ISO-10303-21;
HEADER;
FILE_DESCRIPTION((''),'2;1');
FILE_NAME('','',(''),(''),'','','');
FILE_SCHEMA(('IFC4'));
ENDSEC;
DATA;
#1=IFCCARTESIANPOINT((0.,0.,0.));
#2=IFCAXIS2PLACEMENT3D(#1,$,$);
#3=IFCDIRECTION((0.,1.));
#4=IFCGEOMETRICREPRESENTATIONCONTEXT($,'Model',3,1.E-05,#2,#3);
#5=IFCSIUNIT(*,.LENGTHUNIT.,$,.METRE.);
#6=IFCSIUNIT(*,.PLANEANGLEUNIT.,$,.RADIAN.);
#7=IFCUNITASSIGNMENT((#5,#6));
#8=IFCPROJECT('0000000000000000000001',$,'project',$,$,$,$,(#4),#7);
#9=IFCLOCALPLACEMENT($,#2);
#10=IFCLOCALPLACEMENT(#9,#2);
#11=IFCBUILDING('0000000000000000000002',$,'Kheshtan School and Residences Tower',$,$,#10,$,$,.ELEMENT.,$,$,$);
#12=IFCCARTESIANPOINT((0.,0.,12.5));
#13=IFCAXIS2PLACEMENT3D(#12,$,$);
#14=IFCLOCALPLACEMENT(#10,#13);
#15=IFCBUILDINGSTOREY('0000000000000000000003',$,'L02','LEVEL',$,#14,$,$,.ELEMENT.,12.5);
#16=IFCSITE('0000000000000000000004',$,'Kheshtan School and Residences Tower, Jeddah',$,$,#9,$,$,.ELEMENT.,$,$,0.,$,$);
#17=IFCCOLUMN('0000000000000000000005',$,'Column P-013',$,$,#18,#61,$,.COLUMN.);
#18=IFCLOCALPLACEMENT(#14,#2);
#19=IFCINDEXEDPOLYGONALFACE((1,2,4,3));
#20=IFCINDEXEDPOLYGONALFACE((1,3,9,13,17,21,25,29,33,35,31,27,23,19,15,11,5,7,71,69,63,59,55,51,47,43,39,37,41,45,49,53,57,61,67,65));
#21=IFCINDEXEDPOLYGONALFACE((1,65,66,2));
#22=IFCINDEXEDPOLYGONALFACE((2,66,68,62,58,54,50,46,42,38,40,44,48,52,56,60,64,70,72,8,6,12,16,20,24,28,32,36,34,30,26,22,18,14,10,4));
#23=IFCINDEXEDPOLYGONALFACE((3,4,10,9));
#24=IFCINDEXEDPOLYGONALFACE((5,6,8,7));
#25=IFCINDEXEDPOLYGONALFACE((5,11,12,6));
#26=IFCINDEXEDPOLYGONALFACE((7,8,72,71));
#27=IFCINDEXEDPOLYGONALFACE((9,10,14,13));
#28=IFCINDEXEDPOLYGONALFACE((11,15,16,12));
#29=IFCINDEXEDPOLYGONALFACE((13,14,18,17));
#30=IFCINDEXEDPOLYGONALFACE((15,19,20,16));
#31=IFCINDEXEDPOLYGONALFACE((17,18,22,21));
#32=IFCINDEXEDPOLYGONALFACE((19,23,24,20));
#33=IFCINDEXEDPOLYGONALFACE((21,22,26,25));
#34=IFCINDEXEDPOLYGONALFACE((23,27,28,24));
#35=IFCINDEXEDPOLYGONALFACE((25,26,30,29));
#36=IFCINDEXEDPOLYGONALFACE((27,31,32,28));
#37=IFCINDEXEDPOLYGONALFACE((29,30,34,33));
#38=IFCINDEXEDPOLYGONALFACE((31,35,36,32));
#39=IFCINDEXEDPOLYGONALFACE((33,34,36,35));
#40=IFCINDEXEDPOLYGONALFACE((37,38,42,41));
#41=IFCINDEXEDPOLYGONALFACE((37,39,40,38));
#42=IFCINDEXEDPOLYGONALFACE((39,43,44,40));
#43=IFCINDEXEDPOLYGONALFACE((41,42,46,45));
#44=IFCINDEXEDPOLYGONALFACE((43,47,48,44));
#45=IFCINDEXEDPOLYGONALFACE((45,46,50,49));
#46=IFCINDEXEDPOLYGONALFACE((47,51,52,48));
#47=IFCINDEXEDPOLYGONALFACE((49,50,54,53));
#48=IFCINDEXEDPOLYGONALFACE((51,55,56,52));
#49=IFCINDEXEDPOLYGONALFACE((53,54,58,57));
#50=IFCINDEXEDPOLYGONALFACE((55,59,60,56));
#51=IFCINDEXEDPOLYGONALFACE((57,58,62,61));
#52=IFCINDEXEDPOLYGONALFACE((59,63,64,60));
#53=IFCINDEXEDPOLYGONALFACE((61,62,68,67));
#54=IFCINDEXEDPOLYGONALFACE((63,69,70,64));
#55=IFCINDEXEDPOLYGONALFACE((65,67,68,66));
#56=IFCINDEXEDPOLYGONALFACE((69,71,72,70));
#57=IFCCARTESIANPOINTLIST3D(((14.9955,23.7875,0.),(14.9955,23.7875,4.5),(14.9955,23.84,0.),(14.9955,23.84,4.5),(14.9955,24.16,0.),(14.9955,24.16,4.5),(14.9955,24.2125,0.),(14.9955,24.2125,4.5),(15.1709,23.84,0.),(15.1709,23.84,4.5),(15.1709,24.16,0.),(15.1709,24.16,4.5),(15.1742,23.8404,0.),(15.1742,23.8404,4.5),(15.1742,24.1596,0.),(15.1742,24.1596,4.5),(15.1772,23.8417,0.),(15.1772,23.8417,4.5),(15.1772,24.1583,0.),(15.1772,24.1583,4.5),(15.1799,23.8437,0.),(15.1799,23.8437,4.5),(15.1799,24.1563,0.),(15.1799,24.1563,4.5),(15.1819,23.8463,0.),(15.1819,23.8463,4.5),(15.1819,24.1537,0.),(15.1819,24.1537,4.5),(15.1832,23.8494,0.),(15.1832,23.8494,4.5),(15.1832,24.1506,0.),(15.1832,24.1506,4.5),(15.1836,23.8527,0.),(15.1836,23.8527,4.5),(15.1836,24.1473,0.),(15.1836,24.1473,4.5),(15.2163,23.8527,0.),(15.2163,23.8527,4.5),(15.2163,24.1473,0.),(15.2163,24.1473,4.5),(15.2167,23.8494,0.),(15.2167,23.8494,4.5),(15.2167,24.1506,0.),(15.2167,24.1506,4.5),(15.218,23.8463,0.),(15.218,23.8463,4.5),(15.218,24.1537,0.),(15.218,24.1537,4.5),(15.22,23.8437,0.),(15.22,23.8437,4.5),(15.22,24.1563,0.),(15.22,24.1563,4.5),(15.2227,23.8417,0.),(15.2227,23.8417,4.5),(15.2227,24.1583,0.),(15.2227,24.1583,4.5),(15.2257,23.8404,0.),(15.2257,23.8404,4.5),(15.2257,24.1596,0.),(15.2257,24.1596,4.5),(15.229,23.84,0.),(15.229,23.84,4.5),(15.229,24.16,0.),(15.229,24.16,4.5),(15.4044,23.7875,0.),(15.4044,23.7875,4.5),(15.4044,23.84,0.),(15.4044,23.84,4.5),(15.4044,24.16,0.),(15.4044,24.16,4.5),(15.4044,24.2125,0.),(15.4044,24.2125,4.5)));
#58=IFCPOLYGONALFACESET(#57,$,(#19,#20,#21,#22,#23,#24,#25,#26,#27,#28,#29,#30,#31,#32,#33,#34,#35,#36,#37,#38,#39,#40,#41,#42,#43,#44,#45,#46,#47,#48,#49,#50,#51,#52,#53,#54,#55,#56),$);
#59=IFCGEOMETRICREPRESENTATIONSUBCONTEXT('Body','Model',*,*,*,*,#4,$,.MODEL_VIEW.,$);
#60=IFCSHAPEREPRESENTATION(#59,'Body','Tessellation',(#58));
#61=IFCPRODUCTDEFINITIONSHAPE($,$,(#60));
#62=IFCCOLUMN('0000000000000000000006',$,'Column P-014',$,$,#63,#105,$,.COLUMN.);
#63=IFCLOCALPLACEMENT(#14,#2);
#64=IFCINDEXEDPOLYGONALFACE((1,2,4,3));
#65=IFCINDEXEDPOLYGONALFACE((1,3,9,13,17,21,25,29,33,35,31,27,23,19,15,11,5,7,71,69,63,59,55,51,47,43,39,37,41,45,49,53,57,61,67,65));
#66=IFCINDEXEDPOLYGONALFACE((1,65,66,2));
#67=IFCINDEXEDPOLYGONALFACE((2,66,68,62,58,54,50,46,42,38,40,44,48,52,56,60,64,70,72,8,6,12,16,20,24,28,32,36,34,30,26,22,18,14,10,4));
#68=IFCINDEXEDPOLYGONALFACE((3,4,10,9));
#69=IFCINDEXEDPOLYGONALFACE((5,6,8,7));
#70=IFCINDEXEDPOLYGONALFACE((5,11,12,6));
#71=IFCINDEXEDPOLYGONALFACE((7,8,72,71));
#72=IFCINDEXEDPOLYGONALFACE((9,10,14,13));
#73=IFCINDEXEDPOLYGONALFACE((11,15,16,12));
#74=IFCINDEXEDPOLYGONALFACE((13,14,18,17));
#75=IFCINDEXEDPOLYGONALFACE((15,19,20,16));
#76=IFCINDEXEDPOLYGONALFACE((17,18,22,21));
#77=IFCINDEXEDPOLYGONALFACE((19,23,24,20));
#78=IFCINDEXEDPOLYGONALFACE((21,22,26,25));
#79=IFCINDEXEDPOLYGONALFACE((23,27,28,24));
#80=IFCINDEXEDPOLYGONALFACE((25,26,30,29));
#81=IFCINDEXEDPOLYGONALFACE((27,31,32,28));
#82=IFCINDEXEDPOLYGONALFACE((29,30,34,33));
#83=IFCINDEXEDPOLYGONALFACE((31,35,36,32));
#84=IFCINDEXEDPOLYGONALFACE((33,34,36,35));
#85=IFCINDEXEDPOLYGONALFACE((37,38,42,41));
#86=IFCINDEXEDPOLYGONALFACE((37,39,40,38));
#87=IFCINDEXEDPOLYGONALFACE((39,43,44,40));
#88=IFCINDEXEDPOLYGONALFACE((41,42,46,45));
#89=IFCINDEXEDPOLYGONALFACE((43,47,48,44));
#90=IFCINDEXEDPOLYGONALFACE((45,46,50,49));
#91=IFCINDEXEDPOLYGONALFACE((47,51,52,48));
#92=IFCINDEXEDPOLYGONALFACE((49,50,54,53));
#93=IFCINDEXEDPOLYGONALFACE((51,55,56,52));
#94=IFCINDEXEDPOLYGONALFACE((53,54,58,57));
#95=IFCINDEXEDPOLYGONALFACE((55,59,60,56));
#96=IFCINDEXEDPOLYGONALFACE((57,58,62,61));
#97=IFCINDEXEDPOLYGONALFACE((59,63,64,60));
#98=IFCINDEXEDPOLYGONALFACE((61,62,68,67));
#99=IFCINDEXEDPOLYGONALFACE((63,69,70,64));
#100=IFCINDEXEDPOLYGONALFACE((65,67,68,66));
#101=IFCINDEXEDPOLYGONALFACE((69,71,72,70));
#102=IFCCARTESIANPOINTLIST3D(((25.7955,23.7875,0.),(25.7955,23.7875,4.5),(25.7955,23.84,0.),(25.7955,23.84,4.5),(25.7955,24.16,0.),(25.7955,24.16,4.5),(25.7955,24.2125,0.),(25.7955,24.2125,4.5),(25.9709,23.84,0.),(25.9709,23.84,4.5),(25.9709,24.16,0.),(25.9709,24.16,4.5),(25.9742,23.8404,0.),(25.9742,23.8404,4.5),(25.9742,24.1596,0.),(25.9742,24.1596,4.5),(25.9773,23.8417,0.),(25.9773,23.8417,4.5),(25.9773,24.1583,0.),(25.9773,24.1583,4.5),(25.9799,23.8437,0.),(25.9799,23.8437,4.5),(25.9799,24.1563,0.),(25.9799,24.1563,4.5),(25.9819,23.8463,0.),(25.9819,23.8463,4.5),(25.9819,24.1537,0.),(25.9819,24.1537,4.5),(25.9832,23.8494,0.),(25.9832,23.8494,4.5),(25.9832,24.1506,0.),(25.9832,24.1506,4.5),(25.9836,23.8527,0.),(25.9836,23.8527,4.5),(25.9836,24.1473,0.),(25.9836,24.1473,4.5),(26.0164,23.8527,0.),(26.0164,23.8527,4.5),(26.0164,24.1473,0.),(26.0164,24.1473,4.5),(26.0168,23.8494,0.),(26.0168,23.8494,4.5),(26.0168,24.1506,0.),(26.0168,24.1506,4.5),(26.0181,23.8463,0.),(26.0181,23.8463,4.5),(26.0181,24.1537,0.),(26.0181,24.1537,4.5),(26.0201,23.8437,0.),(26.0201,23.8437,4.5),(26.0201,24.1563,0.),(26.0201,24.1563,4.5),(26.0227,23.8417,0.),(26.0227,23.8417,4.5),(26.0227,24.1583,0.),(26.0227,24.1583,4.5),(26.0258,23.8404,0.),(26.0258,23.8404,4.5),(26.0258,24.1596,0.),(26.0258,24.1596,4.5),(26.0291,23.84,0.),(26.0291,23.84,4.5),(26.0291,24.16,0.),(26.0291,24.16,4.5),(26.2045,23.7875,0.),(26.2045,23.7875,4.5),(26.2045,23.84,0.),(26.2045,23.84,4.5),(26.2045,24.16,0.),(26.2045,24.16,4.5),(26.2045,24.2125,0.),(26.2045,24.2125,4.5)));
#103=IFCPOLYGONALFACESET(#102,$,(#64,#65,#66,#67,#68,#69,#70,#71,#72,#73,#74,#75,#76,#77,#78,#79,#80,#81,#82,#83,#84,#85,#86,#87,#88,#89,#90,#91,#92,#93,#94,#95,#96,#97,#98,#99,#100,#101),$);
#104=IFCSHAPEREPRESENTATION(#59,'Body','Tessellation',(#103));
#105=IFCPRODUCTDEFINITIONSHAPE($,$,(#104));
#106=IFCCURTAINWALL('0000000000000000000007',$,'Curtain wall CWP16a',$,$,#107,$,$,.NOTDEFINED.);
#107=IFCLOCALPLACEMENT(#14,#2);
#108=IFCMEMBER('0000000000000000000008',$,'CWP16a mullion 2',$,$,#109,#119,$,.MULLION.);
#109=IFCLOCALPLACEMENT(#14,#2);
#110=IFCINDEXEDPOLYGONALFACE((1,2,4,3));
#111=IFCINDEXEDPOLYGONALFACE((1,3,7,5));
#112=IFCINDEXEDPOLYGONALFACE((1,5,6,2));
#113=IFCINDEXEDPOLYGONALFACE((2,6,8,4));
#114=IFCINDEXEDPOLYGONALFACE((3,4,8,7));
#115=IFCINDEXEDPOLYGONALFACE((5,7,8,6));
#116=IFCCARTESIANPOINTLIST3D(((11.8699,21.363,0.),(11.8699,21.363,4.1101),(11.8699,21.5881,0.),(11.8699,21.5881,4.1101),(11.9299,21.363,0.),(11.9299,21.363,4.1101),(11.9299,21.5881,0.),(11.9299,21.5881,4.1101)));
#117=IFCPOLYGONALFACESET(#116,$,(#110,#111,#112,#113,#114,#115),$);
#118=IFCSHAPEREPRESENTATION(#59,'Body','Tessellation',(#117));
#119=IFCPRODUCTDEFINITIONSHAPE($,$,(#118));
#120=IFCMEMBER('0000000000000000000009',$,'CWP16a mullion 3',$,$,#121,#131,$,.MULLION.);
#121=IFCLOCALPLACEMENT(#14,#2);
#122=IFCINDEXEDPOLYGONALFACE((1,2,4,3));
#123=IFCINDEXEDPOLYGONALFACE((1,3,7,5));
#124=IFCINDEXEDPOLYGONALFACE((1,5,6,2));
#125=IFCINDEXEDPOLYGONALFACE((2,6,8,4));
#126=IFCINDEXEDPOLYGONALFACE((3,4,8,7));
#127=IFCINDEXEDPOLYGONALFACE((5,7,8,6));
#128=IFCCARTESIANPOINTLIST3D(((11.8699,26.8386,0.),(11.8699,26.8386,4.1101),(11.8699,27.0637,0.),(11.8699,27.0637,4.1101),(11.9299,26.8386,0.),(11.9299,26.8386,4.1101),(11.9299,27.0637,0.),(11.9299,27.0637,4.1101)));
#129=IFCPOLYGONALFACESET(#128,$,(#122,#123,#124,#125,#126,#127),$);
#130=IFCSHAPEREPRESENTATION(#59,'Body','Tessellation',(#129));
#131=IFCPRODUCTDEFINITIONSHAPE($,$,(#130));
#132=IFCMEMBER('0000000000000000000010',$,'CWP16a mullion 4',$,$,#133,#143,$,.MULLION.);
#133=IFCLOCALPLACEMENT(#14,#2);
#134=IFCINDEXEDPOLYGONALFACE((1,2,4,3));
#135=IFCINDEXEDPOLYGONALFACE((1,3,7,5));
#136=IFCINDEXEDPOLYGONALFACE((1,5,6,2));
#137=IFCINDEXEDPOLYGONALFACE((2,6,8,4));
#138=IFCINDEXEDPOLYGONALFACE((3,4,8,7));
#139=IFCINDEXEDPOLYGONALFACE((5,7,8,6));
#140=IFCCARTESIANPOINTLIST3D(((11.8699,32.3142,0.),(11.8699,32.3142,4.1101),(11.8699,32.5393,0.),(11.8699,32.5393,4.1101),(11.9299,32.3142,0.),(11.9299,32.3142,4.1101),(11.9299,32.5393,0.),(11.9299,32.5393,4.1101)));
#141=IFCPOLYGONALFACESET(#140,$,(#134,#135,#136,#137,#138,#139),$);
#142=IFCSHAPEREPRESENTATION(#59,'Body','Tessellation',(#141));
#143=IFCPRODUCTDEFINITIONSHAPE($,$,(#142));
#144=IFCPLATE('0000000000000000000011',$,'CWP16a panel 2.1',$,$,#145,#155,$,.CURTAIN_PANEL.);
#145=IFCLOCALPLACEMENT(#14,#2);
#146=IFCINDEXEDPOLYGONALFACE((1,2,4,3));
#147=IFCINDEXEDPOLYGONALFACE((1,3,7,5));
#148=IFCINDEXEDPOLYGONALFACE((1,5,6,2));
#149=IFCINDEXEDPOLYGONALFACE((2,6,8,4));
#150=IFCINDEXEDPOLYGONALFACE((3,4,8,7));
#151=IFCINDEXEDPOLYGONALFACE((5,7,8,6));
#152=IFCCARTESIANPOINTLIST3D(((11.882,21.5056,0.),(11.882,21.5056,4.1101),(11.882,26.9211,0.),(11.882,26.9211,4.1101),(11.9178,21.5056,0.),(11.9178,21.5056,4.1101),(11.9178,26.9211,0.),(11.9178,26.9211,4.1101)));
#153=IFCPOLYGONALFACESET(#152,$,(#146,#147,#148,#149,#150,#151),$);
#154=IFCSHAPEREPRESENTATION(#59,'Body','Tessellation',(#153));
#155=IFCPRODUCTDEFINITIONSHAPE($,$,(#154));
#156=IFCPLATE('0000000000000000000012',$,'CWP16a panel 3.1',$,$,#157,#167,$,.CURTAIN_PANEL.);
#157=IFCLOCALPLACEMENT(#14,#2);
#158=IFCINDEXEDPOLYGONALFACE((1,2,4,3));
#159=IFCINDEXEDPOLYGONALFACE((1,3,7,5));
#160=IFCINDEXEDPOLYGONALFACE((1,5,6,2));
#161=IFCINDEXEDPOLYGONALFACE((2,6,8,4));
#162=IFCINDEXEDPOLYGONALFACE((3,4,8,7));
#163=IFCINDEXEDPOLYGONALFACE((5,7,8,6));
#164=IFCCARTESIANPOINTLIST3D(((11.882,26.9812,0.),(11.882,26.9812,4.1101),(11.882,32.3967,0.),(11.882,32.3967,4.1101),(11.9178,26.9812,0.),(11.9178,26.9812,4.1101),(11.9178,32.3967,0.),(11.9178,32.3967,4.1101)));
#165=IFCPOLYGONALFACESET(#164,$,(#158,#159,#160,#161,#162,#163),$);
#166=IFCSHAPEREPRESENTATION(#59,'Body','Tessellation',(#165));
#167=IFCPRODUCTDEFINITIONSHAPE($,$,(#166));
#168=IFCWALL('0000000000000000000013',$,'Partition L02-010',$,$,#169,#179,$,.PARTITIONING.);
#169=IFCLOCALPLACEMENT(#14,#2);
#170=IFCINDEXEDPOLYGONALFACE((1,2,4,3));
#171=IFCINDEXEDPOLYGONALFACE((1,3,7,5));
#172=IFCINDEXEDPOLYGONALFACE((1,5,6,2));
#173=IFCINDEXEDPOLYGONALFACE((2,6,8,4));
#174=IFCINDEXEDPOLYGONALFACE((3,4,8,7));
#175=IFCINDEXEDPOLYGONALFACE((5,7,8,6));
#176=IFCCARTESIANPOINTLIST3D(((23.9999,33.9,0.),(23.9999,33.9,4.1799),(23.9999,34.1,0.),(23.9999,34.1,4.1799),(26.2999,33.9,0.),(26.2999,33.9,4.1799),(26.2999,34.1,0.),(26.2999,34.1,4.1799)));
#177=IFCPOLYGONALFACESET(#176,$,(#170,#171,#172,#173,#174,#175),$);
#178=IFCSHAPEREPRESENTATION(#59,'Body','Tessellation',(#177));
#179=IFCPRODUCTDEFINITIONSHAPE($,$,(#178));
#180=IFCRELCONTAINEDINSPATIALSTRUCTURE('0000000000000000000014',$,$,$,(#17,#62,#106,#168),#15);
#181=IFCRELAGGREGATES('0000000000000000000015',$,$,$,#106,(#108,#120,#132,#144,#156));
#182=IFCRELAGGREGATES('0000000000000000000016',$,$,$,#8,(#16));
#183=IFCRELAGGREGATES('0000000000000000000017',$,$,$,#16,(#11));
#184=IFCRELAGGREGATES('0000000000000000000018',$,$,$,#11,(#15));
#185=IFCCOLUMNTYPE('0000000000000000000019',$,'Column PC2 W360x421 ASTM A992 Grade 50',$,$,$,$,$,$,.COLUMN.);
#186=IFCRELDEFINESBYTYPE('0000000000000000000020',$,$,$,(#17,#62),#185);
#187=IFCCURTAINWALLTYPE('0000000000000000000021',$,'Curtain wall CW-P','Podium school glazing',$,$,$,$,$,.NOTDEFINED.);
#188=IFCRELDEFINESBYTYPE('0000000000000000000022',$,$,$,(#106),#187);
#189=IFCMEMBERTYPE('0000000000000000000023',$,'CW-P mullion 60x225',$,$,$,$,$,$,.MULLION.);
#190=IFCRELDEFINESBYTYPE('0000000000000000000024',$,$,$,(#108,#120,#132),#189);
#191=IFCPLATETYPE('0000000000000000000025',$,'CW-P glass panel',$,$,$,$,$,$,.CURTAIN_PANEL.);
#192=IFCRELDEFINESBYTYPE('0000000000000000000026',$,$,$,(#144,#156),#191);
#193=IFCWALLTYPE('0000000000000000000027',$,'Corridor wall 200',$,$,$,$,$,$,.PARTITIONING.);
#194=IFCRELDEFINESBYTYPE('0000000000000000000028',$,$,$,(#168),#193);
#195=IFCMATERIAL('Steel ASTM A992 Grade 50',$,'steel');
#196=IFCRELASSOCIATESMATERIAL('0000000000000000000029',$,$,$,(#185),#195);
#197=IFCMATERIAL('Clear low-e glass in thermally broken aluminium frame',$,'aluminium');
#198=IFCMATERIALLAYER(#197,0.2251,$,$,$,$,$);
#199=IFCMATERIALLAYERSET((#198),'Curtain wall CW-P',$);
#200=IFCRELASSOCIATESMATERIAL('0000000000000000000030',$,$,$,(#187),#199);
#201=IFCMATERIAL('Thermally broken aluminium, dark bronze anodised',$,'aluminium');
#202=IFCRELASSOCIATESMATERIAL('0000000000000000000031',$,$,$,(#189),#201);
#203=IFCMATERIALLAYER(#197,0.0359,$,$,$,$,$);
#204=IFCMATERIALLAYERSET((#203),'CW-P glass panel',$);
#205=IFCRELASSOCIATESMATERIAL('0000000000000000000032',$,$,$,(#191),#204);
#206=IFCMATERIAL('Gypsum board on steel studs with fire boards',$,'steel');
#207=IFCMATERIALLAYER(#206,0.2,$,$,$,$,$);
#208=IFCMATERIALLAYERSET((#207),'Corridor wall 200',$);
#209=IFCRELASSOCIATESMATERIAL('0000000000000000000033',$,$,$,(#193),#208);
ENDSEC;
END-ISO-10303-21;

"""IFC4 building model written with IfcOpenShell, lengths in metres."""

from ifc_helpers import new_model, si_unit, direction, frame, frame_2d, origin, origin_2d, place, context, subcontext, project, spatial, rectangle, i_section, extrude, material, layer, layer_set, material_profile, profile_set, type_object, element, aggregate, save


model = new_model("IFC4")

# Units and contexts
model_context = context("Model", 3, precision=1e-05, world=origin(), true_north=direction((0.0, 1.0)))
body_context = subcontext(model_context, "Body", "Model", "MODEL_VIEW")
ifc_project = project(units=[si_unit("LENGTHUNIT", "METRE"), si_unit("PLANEANGLEUNIT", "RADIAN")], contexts=[model_context])

# Site, building, storey
site_placement = place(None, origin())
site = spatial("IfcSite", under=ifc_project, at=site_placement, Name="Kheshtan School and Residences Tower, Jeddah", CompositionType="ELEMENT", RefElevation=0.0)
building_placement = place(site_placement, origin())
building = spatial("IfcBuilding", under=site, at=building_placement, Name="Kheshtan School and Residences Tower", CompositionType="ELEMENT")
storey_placement = place(building_placement, frame((0.0, 0.0, 12.5)))
storey = spatial("IfcBuildingStorey", under=building, at=storey_placement, Name="L02", Description="LEVEL", CompositionType="ELEMENT", Elevation=12.5)

# Columns
ifc_material_1 = material(Name="Steel ASTM A992 Grade 50", Category="steel")
ifc_material_profile_1 = material_profile(ifc_material_1, i_section(OverallWidth=0.4089, OverallDepth=0.425, WebThickness=0.0327, FlangeThickness=0.0525, FilletRadius=0.0127, at=origin_2d()), Name="W360x421")
ifc_profile_set_1 = profile_set([ifc_material_profile_1], Name="Steel ASTM A992 Grade 50")
column_type = type_object("IfcColumnType", Name="Column PC2 W360x421 ASTM A992 Grade 50", PredefinedType="COLUMN", material=ifc_profile_set_1)
for number, where, z_axis, x_axis, name in (
    (1, (15.2, 24.0, 0.0), (0.0, 0.0, 1.0), (1.0, 0.0, 0.0), "Column P-013"),
    (2, (26.0, 24.0, 0.0), (0.0, 0.0, 1.0), (1.0, 0.0, 0.0), "Column P-014"),
):
    element("IfcColumn", number, at=place(storey_placement, frame(where, z_axis=z_axis, x_axis=x_axis)), inside=storey, type_object=column_type, Name=name, PredefinedType="COLUMN", context=body_context, shape_type="SweptSolid", body=[
        extrude(i_section(OverallWidth=0.4089, OverallDepth=0.425, WebThickness=0.0327, FlangeThickness=0.0525, FilletRadius=0.0127, at=origin_2d()), origin(), (0.0, 0.0, 1.0), 4.5),
    ])

# Curtain wall, members, plates
ifc_material_2 = material(Name="Clear low-e glass in thermally broken aluminium frame", Category="aluminium")
ifc_layer_1 = layer(ifc_material_2, 0.2251)
ifc_layer_set_1 = layer_set([ifc_layer_1], Name="Curtain wall CW-P")
curtain_wall_type = type_object("IfcCurtainWallType", Name="Curtain wall CW-P", Description="Podium school glazing", PredefinedType="NOTDEFINED", material=ifc_layer_set_1)
curtain_wall_placement = place(storey_placement, origin())
curtain_wall = element("IfcCurtainWall", 3, at=curtain_wall_placement, inside=storey, type_object=curtain_wall_type, Name="Curtain wall CWP16a", PredefinedType="NOTDEFINED")
ifc_material_3 = material(Name="Thermally broken aluminium, dark bronze anodised", Category="aluminium")
ifc_material_profile_2 = material_profile(ifc_material_3, rectangle(XDim=0.0601, YDim=0.2251, at=origin_2d()), Name="CW-P mullion 60x225")
ifc_profile_set_2 = profile_set([ifc_material_profile_2], Name="Thermally broken aluminium, dark bronze anodised")
member_type = type_object("IfcMemberType", Name="CW-P mullion 60x225", PredefinedType="MULLION", material=ifc_profile_set_2)
member_1_placement = place(storey_placement, frame((11.8999, 21.4756, 0.0), z_axis=(0.0, 0.0, 1.0), x_axis=(-1.0, 0.0, 0.0)))
member_1 = element("IfcMember", 4, at=member_1_placement, type_object=member_type, Name="CWP16a mullion 2", PredefinedType="MULLION", context=body_context, shape_type="SweptSolid", body=[
    extrude(rectangle(XDim=0.0601, YDim=0.2251, at=origin_2d()), origin(), (0.0, 0.0, 1.0), 4.1101),
])
member_2_placement = place(storey_placement, frame((11.8999, 26.9512, 0.0), z_axis=(0.0, 0.0, 1.0), x_axis=(-1.0, 0.0, 0.0)))
member_2 = element("IfcMember", 5, at=member_2_placement, type_object=member_type, Name="CWP16a mullion 3", PredefinedType="MULLION", context=body_context, shape_type="SweptSolid", body=[
    extrude(rectangle(XDim=0.0601, YDim=0.2251, at=origin_2d()), origin(), (0.0, 0.0, 1.0), 4.1101),
])
member_3_placement = place(storey_placement, frame((11.8999, 32.4268, 0.0), z_axis=(0.0, 0.0, 1.0), x_axis=(-1.0, 0.0, 0.0)))
member_3 = element("IfcMember", 6, at=member_3_placement, type_object=member_type, Name="CWP16a mullion 4", PredefinedType="MULLION", context=body_context, shape_type="SweptSolid", body=[
    extrude(rectangle(XDim=0.0601, YDim=0.2251, at=origin_2d()), origin(), (0.0, 0.0, 1.0), 4.1101),
])
ifc_layer_2 = layer(ifc_material_2, 0.0359)
ifc_layer_set_2 = layer_set([ifc_layer_2], Name="CW-P glass panel")
plate_type = type_object("IfcPlateType", Name="CW-P glass panel", PredefinedType="CURTAIN_PANEL", material=ifc_layer_set_2)
plate_1_placement = place(storey_placement, frame((11.8999, 24.2134, 0.0), z_axis=(0.0, 0.0, 1.0), x_axis=(0.0, 1.0, 0.0)))
plate_1 = element("IfcPlate", 7, at=plate_1_placement, type_object=plate_type, Name="CWP16a panel 2.1", PredefinedType="CURTAIN_PANEL", context=body_context, shape_type="SweptSolid", body=[
    extrude(rectangle(XDim=5.4155, YDim=0.0359, at=origin_2d()), origin(), (0.0, 0.0, 1.0), 4.1101),
])
plate_2_placement = place(storey_placement, frame((11.8999, 29.689, 0.0), z_axis=(0.0, 0.0, 1.0), x_axis=(0.0, 1.0, 0.0)))
plate_2 = element("IfcPlate", 8, at=plate_2_placement, type_object=plate_type, Name="CWP16a panel 3.1", PredefinedType="CURTAIN_PANEL", context=body_context, shape_type="SweptSolid", body=[
    extrude(rectangle(XDim=5.4155, YDim=0.0359, at=origin_2d()), origin(), (0.0, 0.0, 1.0), 4.1101),
])
aggregate(curtain_wall, [member_1, member_2, member_3, plate_1, plate_2])

# Wall
ifc_material_4 = material(Name="Gypsum board on steel studs with fire boards", Category="steel")
ifc_layer_3 = layer(ifc_material_4, 0.2)
ifc_layer_set_3 = layer_set([ifc_layer_3], Name="Corridor wall 200")
wall_type_1 = type_object("IfcWallType", Name="Corridor wall 200", PredefinedType="PARTITIONING", material=ifc_layer_set_3)
wall_1_placement = place(storey_placement, frame((24.0, 34.0, 0.0), z_axis=(0.0, 0.0, 1.0), x_axis=(1.0, 0.0, 0.0)))
element("IfcWall", 9, at=wall_1_placement, inside=storey, type_object=wall_type_1, Name="Partition L02-010", PredefinedType="PARTITIONING", context=body_context, shape_type="SweptSolid", body=[
    extrude(rectangle(XDim=2.3, YDim=0.2, at=frame_2d((1.1499, 0.0))), origin(), (0.0, 0.0, 1.0), 4.1799),
])

save(model, "model.ifc")
